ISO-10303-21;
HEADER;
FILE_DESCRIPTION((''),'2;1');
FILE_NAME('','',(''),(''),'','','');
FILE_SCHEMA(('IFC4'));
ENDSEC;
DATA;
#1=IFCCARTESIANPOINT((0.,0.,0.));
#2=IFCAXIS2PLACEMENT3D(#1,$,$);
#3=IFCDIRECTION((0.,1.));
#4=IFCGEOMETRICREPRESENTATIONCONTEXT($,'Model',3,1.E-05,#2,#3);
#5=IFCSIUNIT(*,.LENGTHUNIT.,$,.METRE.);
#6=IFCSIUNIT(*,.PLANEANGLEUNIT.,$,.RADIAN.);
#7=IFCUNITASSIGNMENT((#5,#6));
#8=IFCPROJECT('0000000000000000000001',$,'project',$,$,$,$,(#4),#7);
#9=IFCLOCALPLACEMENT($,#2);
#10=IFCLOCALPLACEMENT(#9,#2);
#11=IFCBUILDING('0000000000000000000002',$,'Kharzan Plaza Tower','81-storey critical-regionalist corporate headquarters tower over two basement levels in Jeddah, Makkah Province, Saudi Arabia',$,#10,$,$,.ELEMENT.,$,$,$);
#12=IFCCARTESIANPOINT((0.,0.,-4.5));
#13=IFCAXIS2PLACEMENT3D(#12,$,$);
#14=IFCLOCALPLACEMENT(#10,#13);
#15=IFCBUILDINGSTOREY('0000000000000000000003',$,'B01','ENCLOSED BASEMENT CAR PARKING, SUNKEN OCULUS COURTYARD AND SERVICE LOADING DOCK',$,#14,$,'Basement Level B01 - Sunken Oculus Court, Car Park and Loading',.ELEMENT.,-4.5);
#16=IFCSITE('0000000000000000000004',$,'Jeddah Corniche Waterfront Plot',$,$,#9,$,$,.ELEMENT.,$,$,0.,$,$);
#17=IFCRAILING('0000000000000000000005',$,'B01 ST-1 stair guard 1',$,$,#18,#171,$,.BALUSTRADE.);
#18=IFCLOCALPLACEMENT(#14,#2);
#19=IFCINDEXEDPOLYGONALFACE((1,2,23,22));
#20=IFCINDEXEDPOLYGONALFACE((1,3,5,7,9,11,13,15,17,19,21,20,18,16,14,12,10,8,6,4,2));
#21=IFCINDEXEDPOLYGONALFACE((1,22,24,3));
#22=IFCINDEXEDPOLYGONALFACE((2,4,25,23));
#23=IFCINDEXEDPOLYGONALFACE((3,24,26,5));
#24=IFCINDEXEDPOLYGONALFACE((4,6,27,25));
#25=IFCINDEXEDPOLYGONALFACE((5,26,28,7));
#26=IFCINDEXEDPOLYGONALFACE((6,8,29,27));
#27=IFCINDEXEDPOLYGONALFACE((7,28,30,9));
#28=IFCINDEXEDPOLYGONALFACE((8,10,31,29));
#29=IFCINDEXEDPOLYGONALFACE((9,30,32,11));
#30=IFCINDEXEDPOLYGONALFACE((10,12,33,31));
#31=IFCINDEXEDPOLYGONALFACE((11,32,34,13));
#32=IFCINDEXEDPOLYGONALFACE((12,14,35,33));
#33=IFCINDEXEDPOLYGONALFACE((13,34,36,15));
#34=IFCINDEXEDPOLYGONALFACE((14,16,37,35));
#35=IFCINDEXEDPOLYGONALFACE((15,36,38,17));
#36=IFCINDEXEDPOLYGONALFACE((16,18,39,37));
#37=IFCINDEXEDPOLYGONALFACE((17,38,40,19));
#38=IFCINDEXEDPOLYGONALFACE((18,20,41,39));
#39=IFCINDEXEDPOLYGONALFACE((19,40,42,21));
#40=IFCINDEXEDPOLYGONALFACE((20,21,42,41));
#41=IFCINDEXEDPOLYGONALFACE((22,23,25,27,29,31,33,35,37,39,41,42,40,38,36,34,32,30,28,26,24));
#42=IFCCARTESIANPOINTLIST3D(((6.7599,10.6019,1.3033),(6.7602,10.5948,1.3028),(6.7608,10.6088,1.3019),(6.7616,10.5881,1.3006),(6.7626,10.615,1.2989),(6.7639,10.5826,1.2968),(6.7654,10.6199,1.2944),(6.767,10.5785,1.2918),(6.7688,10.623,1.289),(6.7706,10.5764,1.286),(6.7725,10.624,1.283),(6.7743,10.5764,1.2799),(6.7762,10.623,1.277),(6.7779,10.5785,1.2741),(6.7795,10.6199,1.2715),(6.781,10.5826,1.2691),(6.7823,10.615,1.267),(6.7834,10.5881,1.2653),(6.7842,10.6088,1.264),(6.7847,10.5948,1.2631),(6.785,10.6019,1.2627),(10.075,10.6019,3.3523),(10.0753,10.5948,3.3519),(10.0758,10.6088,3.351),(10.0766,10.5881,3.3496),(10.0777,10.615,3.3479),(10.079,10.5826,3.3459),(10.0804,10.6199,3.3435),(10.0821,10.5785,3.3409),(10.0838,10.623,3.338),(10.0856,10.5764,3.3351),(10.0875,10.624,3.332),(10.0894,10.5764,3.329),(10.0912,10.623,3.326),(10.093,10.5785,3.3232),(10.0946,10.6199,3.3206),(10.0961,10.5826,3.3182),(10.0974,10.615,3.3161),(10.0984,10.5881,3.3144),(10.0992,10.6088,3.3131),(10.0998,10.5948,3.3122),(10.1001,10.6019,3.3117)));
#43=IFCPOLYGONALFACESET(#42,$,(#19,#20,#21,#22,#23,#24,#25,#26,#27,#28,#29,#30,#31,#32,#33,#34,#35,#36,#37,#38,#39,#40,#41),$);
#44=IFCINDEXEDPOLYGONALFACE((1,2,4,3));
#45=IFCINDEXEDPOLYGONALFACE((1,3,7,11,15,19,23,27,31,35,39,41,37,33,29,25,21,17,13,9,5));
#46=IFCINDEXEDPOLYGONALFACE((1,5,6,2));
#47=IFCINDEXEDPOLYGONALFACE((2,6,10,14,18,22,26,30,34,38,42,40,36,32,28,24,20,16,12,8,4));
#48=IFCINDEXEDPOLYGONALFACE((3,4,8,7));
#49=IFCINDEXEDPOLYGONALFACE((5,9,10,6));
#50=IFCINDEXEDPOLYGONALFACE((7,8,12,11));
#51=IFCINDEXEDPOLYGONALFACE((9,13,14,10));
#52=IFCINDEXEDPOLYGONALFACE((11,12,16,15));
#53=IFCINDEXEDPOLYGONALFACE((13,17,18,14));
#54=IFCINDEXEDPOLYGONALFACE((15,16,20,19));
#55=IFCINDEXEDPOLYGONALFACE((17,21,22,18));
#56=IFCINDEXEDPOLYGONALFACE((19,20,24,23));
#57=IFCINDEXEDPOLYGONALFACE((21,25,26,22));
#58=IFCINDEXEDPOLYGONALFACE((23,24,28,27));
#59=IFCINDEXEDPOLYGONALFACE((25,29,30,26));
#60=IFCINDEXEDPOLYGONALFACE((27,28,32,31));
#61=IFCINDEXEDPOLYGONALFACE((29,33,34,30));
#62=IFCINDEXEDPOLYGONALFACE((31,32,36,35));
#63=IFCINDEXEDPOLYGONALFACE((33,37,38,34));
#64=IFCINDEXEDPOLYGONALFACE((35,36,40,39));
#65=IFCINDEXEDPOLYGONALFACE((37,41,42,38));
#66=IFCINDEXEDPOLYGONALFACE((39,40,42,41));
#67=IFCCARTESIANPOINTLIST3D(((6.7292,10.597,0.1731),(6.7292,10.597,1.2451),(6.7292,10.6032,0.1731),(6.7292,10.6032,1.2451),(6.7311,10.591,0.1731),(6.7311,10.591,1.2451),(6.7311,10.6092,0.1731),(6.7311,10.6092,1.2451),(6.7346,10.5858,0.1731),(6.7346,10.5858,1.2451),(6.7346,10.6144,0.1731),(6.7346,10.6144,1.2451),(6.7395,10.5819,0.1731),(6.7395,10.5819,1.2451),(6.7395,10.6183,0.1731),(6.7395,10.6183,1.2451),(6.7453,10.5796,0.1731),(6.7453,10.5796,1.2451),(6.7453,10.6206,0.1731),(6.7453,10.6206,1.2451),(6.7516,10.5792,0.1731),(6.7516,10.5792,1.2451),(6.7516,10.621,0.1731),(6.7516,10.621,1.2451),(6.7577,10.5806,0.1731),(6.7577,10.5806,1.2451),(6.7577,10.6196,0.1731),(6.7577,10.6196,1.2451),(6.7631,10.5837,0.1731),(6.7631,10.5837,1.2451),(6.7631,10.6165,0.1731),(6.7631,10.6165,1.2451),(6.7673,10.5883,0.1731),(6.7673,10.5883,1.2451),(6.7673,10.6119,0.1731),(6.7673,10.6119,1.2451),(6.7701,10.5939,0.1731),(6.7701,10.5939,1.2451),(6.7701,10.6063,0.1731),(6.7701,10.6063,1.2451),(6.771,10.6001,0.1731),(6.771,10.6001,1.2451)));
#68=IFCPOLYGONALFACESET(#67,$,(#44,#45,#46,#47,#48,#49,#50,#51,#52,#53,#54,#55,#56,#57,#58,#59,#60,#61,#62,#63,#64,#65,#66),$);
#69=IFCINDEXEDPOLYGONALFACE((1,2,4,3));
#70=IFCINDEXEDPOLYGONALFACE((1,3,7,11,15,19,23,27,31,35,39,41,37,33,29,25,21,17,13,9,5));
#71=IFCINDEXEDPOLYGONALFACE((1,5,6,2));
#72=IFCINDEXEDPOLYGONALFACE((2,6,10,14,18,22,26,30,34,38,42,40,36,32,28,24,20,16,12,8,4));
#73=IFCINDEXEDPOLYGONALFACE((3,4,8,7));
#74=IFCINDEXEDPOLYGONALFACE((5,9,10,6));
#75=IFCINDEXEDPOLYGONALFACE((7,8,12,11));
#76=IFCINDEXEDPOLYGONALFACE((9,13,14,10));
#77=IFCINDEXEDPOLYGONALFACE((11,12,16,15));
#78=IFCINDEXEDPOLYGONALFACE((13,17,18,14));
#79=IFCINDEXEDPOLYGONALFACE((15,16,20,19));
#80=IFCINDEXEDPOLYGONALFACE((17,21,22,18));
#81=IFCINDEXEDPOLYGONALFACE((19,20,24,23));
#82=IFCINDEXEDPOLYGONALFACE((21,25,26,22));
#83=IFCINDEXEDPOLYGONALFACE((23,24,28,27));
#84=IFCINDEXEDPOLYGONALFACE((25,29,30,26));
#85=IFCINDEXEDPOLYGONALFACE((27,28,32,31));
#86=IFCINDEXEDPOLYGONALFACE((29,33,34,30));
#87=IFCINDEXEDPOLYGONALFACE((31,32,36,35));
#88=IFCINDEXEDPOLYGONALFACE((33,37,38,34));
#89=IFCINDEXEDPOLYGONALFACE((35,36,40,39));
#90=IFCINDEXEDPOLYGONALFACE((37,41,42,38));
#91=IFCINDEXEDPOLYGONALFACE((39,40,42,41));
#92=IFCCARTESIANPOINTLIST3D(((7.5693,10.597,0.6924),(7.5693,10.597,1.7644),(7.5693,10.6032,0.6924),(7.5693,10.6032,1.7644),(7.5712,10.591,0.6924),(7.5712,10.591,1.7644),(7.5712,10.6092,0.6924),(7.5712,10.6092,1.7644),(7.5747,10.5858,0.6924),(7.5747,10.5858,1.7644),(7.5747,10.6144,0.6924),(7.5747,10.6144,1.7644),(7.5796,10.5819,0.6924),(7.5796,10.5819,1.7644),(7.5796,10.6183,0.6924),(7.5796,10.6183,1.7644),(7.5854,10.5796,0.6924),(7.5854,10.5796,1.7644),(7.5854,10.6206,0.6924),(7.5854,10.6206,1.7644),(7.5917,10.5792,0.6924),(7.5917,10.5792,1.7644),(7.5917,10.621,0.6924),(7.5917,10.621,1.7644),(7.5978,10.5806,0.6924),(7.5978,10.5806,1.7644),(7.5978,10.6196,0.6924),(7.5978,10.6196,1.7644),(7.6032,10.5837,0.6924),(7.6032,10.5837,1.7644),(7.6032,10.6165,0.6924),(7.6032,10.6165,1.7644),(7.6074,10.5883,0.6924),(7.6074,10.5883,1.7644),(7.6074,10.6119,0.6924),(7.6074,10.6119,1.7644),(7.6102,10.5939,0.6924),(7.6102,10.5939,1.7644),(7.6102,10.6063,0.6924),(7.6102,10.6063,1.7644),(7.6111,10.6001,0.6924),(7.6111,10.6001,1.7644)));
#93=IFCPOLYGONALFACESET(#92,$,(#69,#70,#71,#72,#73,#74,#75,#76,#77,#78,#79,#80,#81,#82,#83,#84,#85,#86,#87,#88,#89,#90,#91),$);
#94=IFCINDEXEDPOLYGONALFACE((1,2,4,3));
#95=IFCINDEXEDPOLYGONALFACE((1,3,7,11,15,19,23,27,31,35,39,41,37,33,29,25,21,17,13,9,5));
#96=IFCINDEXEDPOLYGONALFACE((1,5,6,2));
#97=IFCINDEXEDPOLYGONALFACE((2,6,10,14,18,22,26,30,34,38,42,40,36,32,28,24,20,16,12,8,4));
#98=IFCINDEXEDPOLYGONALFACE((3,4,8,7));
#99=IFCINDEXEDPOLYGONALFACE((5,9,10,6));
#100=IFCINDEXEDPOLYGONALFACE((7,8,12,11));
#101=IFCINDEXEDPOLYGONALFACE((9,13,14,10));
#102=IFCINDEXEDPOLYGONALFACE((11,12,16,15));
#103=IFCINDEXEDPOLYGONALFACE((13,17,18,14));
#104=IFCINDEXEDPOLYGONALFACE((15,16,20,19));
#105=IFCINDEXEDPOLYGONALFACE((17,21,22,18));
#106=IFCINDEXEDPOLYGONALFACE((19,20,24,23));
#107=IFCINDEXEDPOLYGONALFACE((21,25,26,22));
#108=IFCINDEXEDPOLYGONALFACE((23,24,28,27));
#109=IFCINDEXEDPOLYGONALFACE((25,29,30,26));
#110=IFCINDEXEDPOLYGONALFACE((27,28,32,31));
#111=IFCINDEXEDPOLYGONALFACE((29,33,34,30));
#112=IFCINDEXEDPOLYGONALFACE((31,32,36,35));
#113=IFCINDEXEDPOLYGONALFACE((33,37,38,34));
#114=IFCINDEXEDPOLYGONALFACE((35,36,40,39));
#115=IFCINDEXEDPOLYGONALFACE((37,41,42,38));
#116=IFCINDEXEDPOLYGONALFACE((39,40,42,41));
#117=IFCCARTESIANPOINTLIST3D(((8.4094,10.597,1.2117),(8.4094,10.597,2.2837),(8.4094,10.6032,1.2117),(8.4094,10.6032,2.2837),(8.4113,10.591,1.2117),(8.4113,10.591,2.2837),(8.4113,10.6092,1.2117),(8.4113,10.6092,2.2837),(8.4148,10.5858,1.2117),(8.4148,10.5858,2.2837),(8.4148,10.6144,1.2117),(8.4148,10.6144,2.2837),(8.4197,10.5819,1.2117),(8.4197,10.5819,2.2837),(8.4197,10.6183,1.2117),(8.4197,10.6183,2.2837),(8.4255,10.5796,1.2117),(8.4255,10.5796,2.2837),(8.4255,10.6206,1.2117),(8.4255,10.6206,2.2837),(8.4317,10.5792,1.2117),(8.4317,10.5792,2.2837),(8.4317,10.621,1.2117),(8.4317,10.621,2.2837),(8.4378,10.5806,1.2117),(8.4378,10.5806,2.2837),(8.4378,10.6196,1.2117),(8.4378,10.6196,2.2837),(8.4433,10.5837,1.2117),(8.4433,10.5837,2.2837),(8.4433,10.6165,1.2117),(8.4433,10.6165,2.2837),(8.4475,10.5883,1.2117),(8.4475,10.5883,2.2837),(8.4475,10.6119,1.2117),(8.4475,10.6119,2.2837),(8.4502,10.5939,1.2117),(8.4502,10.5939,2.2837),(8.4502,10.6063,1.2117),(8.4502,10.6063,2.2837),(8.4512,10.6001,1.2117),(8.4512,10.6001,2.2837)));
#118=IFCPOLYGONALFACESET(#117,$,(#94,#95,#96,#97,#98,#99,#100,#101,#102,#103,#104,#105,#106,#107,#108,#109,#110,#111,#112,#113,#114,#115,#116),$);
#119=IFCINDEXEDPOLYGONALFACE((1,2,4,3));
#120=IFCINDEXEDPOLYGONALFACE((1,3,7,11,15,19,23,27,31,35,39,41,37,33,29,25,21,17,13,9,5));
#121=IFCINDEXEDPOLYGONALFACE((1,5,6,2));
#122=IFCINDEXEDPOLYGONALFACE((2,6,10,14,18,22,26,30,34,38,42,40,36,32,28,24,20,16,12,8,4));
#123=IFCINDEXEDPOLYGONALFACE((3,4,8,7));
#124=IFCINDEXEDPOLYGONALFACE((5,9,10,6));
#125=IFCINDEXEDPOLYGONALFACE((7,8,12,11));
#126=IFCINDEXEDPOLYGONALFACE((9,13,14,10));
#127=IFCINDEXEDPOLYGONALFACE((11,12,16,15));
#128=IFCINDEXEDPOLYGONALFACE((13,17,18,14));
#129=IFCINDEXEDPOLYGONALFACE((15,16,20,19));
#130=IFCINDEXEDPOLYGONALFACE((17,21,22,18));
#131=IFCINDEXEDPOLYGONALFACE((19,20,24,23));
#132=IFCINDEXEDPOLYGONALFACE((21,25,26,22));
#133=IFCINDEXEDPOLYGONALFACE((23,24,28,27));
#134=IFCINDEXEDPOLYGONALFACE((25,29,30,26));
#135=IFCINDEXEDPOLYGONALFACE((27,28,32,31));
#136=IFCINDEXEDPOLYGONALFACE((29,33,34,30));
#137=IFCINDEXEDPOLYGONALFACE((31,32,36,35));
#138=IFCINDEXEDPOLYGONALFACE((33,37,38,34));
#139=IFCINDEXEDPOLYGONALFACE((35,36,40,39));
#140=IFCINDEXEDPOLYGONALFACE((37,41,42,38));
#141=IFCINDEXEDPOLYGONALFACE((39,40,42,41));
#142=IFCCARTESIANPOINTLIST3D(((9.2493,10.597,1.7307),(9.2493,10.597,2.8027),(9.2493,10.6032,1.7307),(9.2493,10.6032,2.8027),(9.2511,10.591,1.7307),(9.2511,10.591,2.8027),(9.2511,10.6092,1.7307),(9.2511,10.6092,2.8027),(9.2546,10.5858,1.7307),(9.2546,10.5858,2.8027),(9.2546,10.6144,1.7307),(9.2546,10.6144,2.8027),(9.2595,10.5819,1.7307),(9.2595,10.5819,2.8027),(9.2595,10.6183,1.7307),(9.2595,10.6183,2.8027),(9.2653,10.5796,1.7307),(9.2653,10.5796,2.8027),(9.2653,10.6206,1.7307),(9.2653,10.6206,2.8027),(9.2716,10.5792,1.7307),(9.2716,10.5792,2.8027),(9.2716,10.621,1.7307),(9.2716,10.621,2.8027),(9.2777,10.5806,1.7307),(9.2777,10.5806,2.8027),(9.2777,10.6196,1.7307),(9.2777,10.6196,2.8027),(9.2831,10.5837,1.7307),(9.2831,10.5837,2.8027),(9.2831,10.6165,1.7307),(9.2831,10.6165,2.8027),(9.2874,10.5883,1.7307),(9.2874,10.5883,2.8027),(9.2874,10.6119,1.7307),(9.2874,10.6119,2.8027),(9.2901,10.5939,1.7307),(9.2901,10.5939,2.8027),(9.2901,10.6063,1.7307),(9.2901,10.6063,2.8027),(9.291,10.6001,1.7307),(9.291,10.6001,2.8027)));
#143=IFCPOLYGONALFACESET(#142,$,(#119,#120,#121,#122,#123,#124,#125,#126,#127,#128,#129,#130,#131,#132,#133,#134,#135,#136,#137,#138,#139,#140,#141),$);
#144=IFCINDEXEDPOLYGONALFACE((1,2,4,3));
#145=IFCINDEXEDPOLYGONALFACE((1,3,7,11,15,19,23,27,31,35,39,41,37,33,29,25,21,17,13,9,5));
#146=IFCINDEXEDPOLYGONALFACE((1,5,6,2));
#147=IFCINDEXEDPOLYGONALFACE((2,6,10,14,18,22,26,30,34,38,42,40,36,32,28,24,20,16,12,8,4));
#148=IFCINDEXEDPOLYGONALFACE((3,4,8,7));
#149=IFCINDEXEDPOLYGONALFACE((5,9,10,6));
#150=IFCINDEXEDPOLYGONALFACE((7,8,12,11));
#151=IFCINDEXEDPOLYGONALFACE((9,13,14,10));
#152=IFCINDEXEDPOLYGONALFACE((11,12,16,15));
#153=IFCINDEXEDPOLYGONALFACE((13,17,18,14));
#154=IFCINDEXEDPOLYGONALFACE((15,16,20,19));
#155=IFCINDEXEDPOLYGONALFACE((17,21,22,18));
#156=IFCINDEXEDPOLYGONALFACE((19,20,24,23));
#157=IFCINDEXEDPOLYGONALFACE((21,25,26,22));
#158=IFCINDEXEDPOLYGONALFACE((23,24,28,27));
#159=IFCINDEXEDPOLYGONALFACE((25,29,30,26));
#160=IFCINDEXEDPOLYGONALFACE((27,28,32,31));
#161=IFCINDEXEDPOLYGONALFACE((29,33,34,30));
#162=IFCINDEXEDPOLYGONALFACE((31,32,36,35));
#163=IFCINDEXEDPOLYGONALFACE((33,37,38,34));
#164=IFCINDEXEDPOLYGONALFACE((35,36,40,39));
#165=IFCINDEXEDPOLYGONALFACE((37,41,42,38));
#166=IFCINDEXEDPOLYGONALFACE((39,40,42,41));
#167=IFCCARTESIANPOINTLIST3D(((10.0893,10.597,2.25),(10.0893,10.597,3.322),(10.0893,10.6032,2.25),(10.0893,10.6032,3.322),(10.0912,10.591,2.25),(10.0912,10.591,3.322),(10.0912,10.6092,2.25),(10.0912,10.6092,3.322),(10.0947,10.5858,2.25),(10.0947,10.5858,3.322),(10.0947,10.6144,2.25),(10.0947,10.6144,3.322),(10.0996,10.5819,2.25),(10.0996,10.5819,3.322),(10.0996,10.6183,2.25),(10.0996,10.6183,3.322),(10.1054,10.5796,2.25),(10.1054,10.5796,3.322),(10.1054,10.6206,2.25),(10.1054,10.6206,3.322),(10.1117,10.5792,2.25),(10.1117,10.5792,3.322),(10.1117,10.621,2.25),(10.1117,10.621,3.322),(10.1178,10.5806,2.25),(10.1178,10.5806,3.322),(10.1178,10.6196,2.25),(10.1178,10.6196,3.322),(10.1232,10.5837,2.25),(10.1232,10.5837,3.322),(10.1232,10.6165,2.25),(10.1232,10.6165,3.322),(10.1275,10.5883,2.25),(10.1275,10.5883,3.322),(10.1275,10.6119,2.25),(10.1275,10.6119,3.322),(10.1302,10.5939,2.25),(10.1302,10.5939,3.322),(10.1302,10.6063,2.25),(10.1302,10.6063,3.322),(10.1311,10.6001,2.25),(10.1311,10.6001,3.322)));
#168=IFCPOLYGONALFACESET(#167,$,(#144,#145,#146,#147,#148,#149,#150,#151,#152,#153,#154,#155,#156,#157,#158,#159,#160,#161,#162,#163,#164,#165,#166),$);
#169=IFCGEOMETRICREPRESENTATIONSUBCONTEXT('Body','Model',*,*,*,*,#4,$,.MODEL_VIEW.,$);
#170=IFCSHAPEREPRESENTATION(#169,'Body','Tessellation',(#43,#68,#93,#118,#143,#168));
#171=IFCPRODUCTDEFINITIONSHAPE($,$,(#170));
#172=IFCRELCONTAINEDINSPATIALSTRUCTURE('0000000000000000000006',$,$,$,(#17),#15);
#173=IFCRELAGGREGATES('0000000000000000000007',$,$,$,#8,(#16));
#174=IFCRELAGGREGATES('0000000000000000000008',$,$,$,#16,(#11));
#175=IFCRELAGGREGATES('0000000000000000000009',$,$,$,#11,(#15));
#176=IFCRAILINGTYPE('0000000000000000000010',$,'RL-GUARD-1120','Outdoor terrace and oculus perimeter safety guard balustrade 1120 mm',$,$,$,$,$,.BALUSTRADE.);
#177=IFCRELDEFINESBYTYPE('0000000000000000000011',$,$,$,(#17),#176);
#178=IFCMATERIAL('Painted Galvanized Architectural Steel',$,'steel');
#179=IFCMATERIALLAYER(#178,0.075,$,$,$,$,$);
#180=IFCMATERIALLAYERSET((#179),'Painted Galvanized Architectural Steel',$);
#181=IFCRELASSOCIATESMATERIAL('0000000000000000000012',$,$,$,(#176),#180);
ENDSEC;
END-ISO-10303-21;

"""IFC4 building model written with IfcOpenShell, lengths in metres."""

from ifc_helpers import new_model, si_unit, direction, frame, origin, origin_2d, place, context, subcontext, project, spatial, circle, extrude, source, transform, mapped, material, layer, layer_set, type_object, element, save


model = new_model("IFC4")

# Units and contexts
model_context = context("Model", 3, precision=1e-05, world=origin(), true_north=direction((0.0, 1.0)))
body_context = subcontext(model_context, "Body", "Model", "MODEL_VIEW")
ifc_project = project(units=[si_unit("LENGTHUNIT", "METRE"), si_unit("PLANEANGLEUNIT", "RADIAN")], contexts=[model_context])

# Site, building, storey
site_placement = place(None, origin())
site = spatial("IfcSite", under=ifc_project, at=site_placement, Name="Jeddah Corniche Waterfront Plot", CompositionType="ELEMENT", RefElevation=0.0)
building_placement = place(site_placement, origin())
building = spatial("IfcBuilding", under=site, at=building_placement, Name="Kharzan Plaza Tower", Description="81-storey critical-regionalist corporate headquarters tower over two basement levels in Jeddah, Makkah Province, Saudi Arabia", CompositionType="ELEMENT")
storey_placement = place(building_placement, frame((0.0, 0.0, -4.5)))
storey = spatial("IfcBuildingStorey", under=building, at=storey_placement, Name="B01", Description="ENCLOSED BASEMENT CAR PARKING, SUNKEN OCULUS COURTYARD AND SERVICE LOADING DOCK", LongName="Basement Level B01 - Sunken Oculus Court, Car Park and Loading", CompositionType="ELEMENT", Elevation=-4.5)

# Railing
ifc_material_1 = material(Name="Painted Galvanized Architectural Steel", Category="steel")
ifc_layer_1 = layer(ifc_material_1, 0.075)
ifc_layer_set_1 = layer_set([ifc_layer_1], Name="Painted Galvanized Architectural Steel")
railing_type_1 = type_object("IfcRailingType", Name="RL-GUARD-1120", Description="Outdoor terrace and oculus perimeter safety guard balustrade 1120 mm", PredefinedType="BALUSTRADE", material=ifc_layer_set_1)
shared_shape_1 = source(origin(), body_context, "Body", "SweptSolid", [
    extrude(circle(Radius=0.0239, at=origin_2d()), frame((0.0225, 0.0, 1.1099), z_axis=(0.850623, 0.0, 0.525776), x_axis=(0.0, 1.0, 0.0)), (0.0, 0.0, 1.0), 3.8972),
    extrude(circle(Radius=0.021, at=origin_2d()), origin(), (0.0, 0.0, 1.0), 1.072),
    extrude(circle(Radius=0.021, at=origin_2d()), frame((0.8401, 0.0, 0.5193)), (0.0, 0.0, 1.0), 1.072),
    extrude(circle(Radius=0.021, at=origin_2d()), frame((1.6802, 0.0, 1.0386)), (0.0, 0.0, 1.0), 1.072),
    extrude(circle(Radius=0.021, at=origin_2d()), frame((2.52, 0.0, 1.5576)), (0.0, 0.0, 1.0), 1.072),
    extrude(circle(Radius=0.021, at=origin_2d()), frame((3.3601, 0.0, 2.0769)), (0.0, 0.0, 1.0), 1.072),
])
railing_1_placement = place(storey_placement, frame((6.75, 10.6001, 0.1731)))
element("IfcRailing", 1, at=railing_1_placement, inside=storey, type_object=railing_type_1, Name="B01 ST-1 stair guard 1", PredefinedType="BALUSTRADE", context=body_context, shape_type="MappedRepresentation", body=[
    mapped(shared_shape_1, transform((0.0, 0.0, 0.0), x_axis=(1.0, 0.0, 0.0), y_axis=(0.0, 1.0, 0.0), z_axis=(0.0, 0.0, 1.0))),
])

save(model, "model.ifc")
